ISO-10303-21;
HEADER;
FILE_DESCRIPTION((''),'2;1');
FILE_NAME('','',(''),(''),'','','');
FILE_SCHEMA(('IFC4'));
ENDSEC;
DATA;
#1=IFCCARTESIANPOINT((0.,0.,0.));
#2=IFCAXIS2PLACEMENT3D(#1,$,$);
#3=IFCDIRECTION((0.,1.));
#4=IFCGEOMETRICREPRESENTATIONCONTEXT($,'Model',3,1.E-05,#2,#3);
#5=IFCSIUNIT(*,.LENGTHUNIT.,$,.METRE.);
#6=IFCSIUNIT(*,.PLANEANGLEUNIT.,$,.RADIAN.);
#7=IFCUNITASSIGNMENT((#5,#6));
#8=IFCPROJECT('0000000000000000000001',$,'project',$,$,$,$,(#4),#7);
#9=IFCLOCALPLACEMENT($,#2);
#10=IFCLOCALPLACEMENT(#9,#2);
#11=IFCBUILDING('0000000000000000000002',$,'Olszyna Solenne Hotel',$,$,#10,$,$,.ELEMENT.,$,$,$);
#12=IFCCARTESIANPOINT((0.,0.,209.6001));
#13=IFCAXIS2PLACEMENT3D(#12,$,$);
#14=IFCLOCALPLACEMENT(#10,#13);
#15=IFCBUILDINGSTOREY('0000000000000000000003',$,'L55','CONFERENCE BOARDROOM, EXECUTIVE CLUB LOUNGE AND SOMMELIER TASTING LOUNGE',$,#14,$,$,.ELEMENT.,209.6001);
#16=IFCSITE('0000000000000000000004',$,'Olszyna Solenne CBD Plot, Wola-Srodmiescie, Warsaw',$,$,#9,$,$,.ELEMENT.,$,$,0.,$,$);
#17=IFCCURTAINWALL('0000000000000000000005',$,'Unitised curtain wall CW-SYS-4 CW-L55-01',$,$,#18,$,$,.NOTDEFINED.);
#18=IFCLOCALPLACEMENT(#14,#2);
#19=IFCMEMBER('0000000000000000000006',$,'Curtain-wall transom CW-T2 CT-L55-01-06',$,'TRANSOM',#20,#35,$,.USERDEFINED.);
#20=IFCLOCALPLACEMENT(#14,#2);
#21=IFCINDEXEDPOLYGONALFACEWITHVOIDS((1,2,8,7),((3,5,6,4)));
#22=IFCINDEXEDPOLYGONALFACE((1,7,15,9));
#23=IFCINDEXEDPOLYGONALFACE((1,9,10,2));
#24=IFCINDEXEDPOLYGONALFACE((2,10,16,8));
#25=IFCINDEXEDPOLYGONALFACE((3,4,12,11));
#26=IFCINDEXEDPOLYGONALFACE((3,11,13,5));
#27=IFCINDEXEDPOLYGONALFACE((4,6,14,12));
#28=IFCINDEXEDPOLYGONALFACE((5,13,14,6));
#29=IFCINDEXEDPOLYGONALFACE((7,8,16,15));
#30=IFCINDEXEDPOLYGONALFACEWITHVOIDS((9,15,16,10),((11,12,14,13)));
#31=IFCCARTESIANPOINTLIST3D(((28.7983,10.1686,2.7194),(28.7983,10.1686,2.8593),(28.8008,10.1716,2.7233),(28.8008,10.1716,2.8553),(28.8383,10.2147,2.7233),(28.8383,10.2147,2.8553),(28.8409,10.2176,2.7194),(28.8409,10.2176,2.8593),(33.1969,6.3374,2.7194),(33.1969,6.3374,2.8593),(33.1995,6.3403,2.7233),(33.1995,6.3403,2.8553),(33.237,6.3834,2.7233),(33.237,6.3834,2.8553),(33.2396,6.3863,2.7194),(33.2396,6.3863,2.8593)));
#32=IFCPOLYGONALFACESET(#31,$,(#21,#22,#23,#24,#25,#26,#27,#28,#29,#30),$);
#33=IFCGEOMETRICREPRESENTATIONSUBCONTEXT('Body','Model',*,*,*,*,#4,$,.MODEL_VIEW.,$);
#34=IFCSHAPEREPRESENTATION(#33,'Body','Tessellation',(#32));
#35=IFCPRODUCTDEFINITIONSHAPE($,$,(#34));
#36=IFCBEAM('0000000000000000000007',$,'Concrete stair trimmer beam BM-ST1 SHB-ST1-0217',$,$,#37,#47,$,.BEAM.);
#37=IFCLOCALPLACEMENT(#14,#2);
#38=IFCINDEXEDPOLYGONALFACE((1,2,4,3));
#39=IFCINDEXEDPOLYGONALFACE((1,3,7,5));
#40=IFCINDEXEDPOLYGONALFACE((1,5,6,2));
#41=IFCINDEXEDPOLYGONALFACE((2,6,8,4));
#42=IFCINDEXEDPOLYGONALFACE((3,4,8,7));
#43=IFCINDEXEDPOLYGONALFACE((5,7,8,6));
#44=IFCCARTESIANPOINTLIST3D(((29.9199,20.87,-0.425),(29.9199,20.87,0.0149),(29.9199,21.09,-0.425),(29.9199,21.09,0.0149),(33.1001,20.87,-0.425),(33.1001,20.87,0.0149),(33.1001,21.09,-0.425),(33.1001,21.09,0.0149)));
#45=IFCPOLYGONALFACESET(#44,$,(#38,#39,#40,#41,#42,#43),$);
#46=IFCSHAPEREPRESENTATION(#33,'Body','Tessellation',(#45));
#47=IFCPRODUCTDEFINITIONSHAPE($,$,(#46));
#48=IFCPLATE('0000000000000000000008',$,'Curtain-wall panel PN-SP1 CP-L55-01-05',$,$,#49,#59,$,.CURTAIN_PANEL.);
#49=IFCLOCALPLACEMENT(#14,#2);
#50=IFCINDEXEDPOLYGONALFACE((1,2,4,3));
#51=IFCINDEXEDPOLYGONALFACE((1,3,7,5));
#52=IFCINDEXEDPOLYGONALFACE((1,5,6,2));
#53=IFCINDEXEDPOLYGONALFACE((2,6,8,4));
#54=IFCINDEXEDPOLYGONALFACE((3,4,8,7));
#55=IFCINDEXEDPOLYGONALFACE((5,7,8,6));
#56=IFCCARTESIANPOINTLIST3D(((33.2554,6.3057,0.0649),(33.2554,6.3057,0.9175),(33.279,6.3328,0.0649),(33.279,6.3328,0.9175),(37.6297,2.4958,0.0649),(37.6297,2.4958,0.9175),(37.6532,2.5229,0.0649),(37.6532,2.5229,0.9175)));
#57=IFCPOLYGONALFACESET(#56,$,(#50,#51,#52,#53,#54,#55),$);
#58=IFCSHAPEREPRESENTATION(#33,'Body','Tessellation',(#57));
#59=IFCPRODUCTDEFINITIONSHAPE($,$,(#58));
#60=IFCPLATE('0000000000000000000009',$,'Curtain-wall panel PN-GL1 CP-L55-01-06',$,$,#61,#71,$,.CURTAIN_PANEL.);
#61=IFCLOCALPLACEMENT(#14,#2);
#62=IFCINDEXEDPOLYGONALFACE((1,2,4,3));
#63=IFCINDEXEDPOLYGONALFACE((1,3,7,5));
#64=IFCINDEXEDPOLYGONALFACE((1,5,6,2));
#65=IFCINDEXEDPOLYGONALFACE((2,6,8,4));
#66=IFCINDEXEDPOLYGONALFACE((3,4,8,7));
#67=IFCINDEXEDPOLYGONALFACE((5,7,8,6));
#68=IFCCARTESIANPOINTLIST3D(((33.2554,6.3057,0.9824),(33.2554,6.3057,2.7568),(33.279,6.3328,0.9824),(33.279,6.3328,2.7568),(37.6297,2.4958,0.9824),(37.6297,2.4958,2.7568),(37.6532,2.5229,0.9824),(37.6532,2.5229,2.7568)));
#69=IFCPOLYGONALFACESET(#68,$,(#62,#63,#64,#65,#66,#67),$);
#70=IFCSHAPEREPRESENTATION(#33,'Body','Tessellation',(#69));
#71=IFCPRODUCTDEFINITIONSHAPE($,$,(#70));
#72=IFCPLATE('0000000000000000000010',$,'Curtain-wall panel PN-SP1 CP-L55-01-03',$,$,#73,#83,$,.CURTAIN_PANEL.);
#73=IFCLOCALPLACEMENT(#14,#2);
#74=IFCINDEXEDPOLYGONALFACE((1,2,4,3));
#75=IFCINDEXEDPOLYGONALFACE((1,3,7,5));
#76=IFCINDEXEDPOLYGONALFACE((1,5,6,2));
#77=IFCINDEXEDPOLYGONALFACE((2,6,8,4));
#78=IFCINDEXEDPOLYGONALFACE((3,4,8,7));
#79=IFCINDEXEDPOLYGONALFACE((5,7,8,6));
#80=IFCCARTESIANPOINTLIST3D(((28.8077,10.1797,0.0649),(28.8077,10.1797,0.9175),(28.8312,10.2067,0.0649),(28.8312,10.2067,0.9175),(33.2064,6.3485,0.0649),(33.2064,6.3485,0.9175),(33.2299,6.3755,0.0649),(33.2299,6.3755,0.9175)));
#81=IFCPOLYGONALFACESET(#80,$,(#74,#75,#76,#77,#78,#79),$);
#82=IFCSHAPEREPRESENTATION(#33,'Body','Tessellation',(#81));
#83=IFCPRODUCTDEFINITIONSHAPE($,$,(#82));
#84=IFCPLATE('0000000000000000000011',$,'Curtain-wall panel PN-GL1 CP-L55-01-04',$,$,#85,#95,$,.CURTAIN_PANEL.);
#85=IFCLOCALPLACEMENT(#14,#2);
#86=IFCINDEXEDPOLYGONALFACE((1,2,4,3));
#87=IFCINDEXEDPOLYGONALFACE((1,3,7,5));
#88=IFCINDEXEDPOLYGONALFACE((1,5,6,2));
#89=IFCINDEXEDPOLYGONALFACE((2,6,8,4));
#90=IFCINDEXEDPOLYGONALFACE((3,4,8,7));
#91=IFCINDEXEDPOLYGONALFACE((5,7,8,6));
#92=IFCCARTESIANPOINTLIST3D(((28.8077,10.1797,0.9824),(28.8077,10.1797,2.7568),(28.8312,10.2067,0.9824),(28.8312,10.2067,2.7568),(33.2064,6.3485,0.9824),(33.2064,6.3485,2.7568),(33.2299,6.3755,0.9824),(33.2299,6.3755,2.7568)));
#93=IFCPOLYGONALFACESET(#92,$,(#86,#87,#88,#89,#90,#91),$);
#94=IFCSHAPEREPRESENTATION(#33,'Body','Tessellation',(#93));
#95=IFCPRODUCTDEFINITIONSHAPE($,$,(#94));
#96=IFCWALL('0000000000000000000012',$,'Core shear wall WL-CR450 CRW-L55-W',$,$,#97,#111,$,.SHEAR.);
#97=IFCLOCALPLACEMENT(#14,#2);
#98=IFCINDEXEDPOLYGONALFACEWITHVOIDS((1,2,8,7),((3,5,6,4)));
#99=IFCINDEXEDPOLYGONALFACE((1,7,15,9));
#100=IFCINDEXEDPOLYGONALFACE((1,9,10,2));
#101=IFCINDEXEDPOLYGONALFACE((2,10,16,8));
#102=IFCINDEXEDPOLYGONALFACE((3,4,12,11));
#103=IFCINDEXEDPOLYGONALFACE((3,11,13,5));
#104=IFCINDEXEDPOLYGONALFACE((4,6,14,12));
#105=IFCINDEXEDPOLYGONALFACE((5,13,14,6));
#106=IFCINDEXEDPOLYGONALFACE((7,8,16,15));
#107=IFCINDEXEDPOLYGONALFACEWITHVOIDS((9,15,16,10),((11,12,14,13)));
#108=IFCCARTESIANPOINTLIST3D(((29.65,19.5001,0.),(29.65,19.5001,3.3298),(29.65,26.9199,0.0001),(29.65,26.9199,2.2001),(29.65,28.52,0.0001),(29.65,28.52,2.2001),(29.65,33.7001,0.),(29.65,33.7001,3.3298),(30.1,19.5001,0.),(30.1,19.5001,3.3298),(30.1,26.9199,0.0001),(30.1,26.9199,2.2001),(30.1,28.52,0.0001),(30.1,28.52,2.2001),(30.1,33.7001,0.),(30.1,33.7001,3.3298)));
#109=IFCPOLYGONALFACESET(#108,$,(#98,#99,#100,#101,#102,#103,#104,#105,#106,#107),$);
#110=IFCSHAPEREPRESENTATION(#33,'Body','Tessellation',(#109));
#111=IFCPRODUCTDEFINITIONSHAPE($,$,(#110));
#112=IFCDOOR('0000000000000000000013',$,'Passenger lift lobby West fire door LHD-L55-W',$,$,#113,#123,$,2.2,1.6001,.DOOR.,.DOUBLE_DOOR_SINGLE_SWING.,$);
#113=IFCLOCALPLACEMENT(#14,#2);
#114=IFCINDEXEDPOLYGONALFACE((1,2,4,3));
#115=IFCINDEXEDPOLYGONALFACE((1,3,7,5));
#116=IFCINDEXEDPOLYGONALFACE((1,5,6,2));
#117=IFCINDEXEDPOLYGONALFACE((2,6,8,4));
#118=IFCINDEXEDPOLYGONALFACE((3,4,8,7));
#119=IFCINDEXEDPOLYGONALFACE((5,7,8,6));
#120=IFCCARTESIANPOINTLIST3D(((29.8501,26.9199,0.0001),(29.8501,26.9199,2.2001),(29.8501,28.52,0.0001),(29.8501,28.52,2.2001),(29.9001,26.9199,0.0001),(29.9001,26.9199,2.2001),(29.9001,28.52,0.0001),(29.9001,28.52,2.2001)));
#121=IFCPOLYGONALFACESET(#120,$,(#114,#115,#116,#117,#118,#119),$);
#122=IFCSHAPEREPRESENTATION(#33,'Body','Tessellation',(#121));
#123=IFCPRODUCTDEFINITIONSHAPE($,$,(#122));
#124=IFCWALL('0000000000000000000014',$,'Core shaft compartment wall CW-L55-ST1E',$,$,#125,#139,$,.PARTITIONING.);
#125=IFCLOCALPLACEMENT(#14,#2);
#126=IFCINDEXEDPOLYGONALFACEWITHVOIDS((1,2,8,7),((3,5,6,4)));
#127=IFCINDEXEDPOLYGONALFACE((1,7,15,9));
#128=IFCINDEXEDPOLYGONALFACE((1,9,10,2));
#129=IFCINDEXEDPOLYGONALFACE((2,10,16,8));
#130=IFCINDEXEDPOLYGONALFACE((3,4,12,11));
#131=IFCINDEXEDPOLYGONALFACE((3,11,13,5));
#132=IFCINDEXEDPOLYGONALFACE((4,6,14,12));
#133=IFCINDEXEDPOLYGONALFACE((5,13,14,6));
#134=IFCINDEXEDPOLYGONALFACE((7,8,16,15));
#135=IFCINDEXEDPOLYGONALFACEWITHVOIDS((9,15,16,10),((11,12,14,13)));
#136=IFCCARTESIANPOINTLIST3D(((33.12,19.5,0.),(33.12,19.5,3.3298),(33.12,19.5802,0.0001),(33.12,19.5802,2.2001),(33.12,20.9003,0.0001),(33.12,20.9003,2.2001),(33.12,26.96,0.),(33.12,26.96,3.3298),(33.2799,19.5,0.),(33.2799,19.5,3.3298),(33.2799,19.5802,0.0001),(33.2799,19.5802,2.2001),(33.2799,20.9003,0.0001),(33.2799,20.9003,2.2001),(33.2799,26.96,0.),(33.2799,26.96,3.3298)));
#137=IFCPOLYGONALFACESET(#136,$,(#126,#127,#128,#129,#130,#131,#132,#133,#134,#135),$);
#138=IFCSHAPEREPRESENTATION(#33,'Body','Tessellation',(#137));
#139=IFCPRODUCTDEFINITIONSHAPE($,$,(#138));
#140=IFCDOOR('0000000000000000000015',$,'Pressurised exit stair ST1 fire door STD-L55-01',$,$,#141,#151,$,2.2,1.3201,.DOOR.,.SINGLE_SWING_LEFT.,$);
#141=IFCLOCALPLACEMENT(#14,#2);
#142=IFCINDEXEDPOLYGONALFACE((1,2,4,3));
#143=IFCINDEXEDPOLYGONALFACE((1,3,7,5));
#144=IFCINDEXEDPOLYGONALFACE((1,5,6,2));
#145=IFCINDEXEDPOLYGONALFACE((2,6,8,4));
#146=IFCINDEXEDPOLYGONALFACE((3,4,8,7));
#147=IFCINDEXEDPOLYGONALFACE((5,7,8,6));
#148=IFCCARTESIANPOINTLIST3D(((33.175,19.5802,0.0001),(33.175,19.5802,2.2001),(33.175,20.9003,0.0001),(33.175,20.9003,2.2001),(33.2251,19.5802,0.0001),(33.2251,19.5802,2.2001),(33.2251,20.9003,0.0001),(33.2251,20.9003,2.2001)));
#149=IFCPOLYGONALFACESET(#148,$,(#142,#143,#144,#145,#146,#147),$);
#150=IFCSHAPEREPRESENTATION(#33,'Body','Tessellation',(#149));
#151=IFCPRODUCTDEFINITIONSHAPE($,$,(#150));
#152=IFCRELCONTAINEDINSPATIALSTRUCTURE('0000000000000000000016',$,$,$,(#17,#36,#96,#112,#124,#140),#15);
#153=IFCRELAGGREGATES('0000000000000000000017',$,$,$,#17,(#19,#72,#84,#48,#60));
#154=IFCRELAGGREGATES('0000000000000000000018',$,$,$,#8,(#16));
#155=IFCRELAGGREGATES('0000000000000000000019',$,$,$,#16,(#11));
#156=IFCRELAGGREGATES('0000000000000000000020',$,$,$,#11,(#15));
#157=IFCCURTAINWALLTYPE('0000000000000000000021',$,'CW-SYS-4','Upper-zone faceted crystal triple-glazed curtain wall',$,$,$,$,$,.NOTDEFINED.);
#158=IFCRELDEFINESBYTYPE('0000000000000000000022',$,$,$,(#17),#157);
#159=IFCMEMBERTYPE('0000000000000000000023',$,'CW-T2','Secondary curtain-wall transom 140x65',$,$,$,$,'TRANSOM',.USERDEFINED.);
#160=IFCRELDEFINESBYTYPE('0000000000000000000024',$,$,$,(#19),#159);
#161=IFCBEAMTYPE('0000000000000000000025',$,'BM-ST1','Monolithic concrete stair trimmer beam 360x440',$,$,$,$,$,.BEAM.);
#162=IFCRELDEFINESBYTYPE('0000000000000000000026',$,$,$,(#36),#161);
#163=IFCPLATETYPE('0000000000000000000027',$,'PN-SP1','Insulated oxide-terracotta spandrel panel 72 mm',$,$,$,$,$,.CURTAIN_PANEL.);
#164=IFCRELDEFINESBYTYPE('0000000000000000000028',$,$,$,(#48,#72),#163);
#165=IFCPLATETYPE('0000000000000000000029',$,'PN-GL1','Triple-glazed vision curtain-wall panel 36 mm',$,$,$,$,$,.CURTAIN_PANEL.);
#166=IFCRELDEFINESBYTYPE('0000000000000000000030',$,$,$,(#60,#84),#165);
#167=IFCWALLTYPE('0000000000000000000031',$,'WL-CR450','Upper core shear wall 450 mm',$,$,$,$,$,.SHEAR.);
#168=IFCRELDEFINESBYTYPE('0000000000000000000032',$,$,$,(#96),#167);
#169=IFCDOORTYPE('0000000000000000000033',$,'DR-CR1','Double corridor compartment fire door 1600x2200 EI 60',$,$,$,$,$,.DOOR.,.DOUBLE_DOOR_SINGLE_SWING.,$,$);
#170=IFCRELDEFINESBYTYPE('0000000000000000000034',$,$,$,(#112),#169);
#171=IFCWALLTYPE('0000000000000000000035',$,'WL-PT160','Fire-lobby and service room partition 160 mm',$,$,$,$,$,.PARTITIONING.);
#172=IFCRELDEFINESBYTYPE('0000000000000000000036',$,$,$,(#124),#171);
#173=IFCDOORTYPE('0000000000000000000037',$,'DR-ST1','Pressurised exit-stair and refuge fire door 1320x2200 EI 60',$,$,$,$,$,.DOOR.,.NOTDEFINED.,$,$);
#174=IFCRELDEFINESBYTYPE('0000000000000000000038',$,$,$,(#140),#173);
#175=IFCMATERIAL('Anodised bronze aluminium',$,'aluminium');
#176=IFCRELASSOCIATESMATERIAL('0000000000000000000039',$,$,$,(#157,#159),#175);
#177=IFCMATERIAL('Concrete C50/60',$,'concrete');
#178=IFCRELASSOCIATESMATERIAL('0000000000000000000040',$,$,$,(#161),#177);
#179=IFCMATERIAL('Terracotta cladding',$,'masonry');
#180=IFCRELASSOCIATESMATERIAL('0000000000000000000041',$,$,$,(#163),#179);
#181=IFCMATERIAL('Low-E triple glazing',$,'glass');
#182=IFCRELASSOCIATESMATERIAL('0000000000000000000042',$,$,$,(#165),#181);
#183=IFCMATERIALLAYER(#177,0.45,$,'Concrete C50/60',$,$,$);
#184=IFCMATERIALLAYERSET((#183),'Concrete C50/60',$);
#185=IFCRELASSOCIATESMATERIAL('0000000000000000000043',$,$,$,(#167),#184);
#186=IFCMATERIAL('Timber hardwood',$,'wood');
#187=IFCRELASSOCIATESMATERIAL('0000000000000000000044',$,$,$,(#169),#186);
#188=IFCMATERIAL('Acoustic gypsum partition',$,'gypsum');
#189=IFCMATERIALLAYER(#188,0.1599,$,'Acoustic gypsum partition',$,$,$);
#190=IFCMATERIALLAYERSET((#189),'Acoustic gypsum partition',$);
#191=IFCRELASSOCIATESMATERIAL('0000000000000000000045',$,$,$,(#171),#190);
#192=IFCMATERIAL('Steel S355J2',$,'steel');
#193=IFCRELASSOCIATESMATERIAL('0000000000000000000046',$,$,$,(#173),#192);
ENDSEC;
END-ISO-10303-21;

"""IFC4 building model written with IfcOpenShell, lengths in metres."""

from ifc_helpers import new_model, si_unit, direction, frame, frame_2d, origin, origin_2d, place, context, subcontext, project, spatial, rectangle, hollow_rectangle, extrude, source, transform, mapped, material, layer, layer_set, material_profile, profile_set, type_object, type_shapes, element, fill, aggregate, save


model = new_model("IFC4")

# Units and contexts
model_context = context("Model", 3, precision=1e-05, world=origin(), true_north=direction((0.0, 1.0)))
body_context = subcontext(model_context, "Body", "Model", "MODEL_VIEW")
ifc_project = project(units=[si_unit("LENGTHUNIT", "METRE"), si_unit("PLANEANGLEUNIT", "RADIAN")], contexts=[model_context])

# Site, building, storey
site_placement = place(None, origin())
site = spatial("IfcSite", under=ifc_project, at=site_placement, Name="Olszyna Solenne CBD Plot, Wola-Srodmiescie, Warsaw", CompositionType="ELEMENT", RefElevation=0.0)
building_placement = place(site_placement, origin())
building = spatial("IfcBuilding", under=site, at=building_placement, Name="Olszyna Solenne Hotel", CompositionType="ELEMENT")
storey_placement = place(building_placement, frame((0.0, 0.0, 209.6001)))
storey = spatial("IfcBuildingStorey", under=building, at=storey_placement, Name="L55", Description="CONFERENCE BOARDROOM, EXECUTIVE CLUB LOUNGE AND SOMMELIER TASTING LOUNGE", CompositionType="ELEMENT", Elevation=209.6001)

# Shared definitions
ifc_material_1 = material(Name="Steel S355J2", Category="steel")

# Curtain wall, member
ifc_material_2 = material(Name="Anodised bronze aluminium", Category="aluminium")
curtain_wall_type = type_object("IfcCurtainWallType", Name="CW-SYS-4", Description="Upper-zone faceted crystal triple-glazed curtain wall", PredefinedType="NOTDEFINED", material=ifc_material_2)
curtain_wall_placement = place(storey_placement, origin())
curtain_wall = element("IfcCurtainWall", 1, at=curtain_wall_placement, inside=storey, type_object=curtain_wall_type, Name="Unitised curtain wall CW-SYS-4 CW-L55-01", PredefinedType="NOTDEFINED")
ifc_material_profile_1 = material_profile(ifc_material_2, hollow_rectangle(XDim=0.0649, YDim=0.1399, WallThickness=0.0039, at=origin_2d()), Name="TRAN 140x65x4", Category="load-bearing")
ifc_profile_set_1 = profile_set([ifc_material_profile_1], Name="Anodised bronze aluminium")
member_type_1 = type_object("IfcMemberType", Name="CW-T2", Description="Secondary curtain-wall transom 140x65", ElementType="TRANSOM", PredefinedType="USERDEFINED", material=ifc_profile_set_1)
shared_shape_1 = source(origin(), body_context, "Body", "SweptSolid", [
    extrude(hollow_rectangle(XDim=0.0649, YDim=0.1399, WallThickness=0.0039, at=origin_2d()), origin(), (0.0, 0.0, 1.0), 5.8333),
])
member_1_placement = place(storey_placement, frame((28.8196, 10.1931, 2.7893), z_axis=(0.754066, -0.656799, 0.0), x_axis=(0.656799, 0.754066, 0.0)))
member_1 = element("IfcMember", 2, at=member_1_placement, type_object=member_type_1, Name="Curtain-wall transom CW-T2 CT-L55-01-06", ObjectType="TRANSOM", PredefinedType="USERDEFINED", context=body_context, shape_type="MappedRepresentation", body=[
    mapped(shared_shape_1, transform((0.0, 0.0, 0.0), x_axis=(1.0, 0.0, 0.0), y_axis=(0.0, 1.0, 0.0), z_axis=(0.0, 0.0, 1.0), scale=1.0)),
])

# Beam
ifc_material_3 = material(Name="Concrete C50/60", Category="concrete")
ifc_material_profile_2 = material_profile(ifc_material_3, rectangle(XDim=0.22, YDim=0.4399, at=origin_2d()), Name="RC 220x440", Category="load-bearing")
ifc_profile_set_2 = profile_set([ifc_material_profile_2], Name="Concrete C50/60")
beam_type_1 = type_object("IfcBeamType", Name="BM-ST1", Description="Monolithic concrete stair trimmer beam 360x440", PredefinedType="BEAM", material=ifc_profile_set_2)
shared_shape_2 = source(origin(), body_context, "Body", "SweptSolid", [
    extrude(rectangle(XDim=0.22, YDim=0.4399, at=origin_2d()), origin(), (0.0, 0.0, 1.0), 3.1802),
])
beam_1_placement = place(storey_placement, frame((33.1001, 20.98, -0.2051), z_axis=(-1.0, 0.0, 0.0), x_axis=(0.0, -1.0, 0.0)))
element("IfcBeam", 3, at=beam_1_placement, inside=storey, type_object=beam_type_1, Name="Concrete stair trimmer beam BM-ST1 SHB-ST1-0217", PredefinedType="BEAM", context=body_context, shape_type="MappedRepresentation", body=[
    mapped(shared_shape_2, transform((0.0, 0.0, 0.0), x_axis=(1.0, 0.0, 0.0), y_axis=(0.0, 1.0, 0.0), z_axis=(0.0, 0.0, 1.0), scale=1.0)),
])

# Plates
ifc_material_4 = material(Name="Terracotta cladding", Category="masonry")
plate_type_1 = type_object("IfcPlateType", Name="PN-SP1", Description="Insulated oxide-terracotta spandrel panel 72 mm", PredefinedType="CURTAIN_PANEL", material=ifc_material_4)
shared_shape_3 = source(origin(), body_context, "Body", "SweptSolid", [
    extrude(rectangle(XDim=5.8008, YDim=0.0359, at=origin_2d()), origin(), (0.0, 0.0, 1.0), 0.8525),
])
plate_1_placement = place(storey_placement, frame((35.4543, 4.4143, 0.0649), z_axis=(0.0, 0.0, 1.0), x_axis=(0.754075, -0.656788, 0.0)))
plate_1 = element("IfcPlate", 4, at=plate_1_placement, type_object=plate_type_1, Name="Curtain-wall panel PN-SP1 CP-L55-01-05", PredefinedType="CURTAIN_PANEL", context=body_context, shape_type="MappedRepresentation", body=[
    mapped(shared_shape_3, transform((0.0, 0.0, 0.0), x_axis=(1.0, 0.0, 0.0), y_axis=(0.0, 1.0, 0.0), z_axis=(0.0, 0.0, 1.0), scale=1.0)),
])
ifc_material_5 = material(Name="Low-E triple glazing", Category="glass")
plate_type_2 = type_object("IfcPlateType", Name="PN-GL1", Description="Triple-glazed vision curtain-wall panel 36 mm", PredefinedType="CURTAIN_PANEL", material=ifc_material_5)
shared_shape_4 = source(origin(), body_context, "Body", "SweptSolid", [
    extrude(rectangle(XDim=5.8008, YDim=0.0359, at=origin_2d()), origin(), (0.0, 0.0, 1.0), 1.7744),
])
plate_2_placement = place(storey_placement, frame((35.4543, 4.4143, 0.9824), z_axis=(0.0, 0.0, 1.0), x_axis=(0.754075, -0.656788, 0.0)))
plate_2 = element("IfcPlate", 5, at=plate_2_placement, type_object=plate_type_2, Name="Curtain-wall panel PN-GL1 CP-L55-01-06", PredefinedType="CURTAIN_PANEL", context=body_context, shape_type="MappedRepresentation", body=[
    mapped(shared_shape_4, transform((0.0, 0.0, 0.0), x_axis=(1.0, 0.0, 0.0), y_axis=(0.0, 1.0, 0.0), z_axis=(0.0, 0.0, 1.0), scale=1.0)),
])
shared_shape_5 = source(origin(), body_context, "Body", "SweptSolid", [
    extrude(rectangle(XDim=5.8333, YDim=0.0359, at=origin_2d()), origin(), (0.0, 0.0, 1.0), 0.8525),
])
plate_3_placement = place(storey_placement, frame((31.0188, 8.2776, 0.0649), z_axis=(0.0, 0.0, 1.0), x_axis=(0.754075, -0.656788, 0.0)))
plate_3 = element("IfcPlate", 6, at=plate_3_placement, type_object=plate_type_1, Name="Curtain-wall panel PN-SP1 CP-L55-01-03", PredefinedType="CURTAIN_PANEL", context=body_context, shape_type="MappedRepresentation", body=[
    mapped(shared_shape_5, transform((0.0, 0.0, 0.0), x_axis=(1.0, 0.0, 0.0), y_axis=(0.0, 1.0, 0.0), z_axis=(0.0, 0.0, 1.0), scale=1.0)),
])
shared_shape_6 = source(origin(), body_context, "Body", "SweptSolid", [
    extrude(rectangle(XDim=5.8333, YDim=0.0359, at=origin_2d()), origin(), (0.0, 0.0, 1.0), 1.7744),
])
plate_4_placement = place(storey_placement, frame((31.0188, 8.2776, 0.9824), z_axis=(0.0, 0.0, 1.0), x_axis=(0.754075, -0.656788, 0.0)))
plate_4 = element("IfcPlate", 7, at=plate_4_placement, type_object=plate_type_2, Name="Curtain-wall panel PN-GL1 CP-L55-01-04", PredefinedType="CURTAIN_PANEL", context=body_context, shape_type="MappedRepresentation", body=[
    mapped(shared_shape_6, transform((0.0, 0.0, 0.0), x_axis=(1.0, 0.0, 0.0), y_axis=(0.0, 1.0, 0.0), z_axis=(0.0, 0.0, 1.0), scale=1.0)),
])
aggregate(curtain_wall, [member_1, plate_3, plate_4, plate_1, plate_2])

# Walls, openings, doors
ifc_layer_1 = layer(ifc_material_3, 0.45, Name="Concrete C50/60")
ifc_layer_set_1 = layer_set([ifc_layer_1], Name="Concrete C50/60")
wall_type_1 = type_object("IfcWallType", Name="WL-CR450", Description="Upper core shear wall 450 mm", PredefinedType="SHEAR", material=ifc_layer_set_1)
wall_1_placement = place(storey_placement, frame((29.875, 19.5, 0.0), z_axis=(0.0, 0.0, 1.0), x_axis=(0.0, 1.0, 0.0)))
wall_1 = element("IfcWall", 8, at=wall_1_placement, inside=storey, type_object=wall_type_1, Name="Core shear wall WL-CR450 CRW-L55-W", PredefinedType="SHEAR", context=body_context, shape_type="SweptSolid", body=[
    extrude(rectangle(XDim=14.2, YDim=0.45, at=frame_2d((7.1001, 0.0))), origin(), (0.0, 0.0, 1.0), 3.3298),
])
opening_1_placement = place(wall_1_placement, frame((7.4199, 0.0, 0.0)))
opening_1 = element("IfcOpeningElement", 9, at=opening_1_placement, cuts=wall_1, PredefinedType="OPENING", context=body_context, shape_type="SweptSolid", body=[
    extrude(rectangle(XDim=1.6001, YDim=2.2, at=frame_2d((0.8, 1.1001))), frame((0.0, 0.2349, 0.0), z_axis=(0.0, -1.0, 0.0), x_axis=(1.0, 0.0, 0.0)), (0.0, 0.0, 1.0), 0.47),
])
ifc_material_6 = material(Name="Timber hardwood", Category="wood")
door_type_1 = type_object("IfcDoorType", Name="DR-CR1", Description="Double corridor compartment fire door 1600x2200 EI 60", OperationType="DOUBLE_DOOR_SINGLE_SWING", PredefinedType="DOOR", material=ifc_material_6)
shared_shape_7 = source(origin(), body_context, "Body", "SweptSolid", [
    extrude(rectangle(XDim=1.6001, YDim=2.2, at=frame_2d((0.8, 1.1001))), frame((0.0, 0.0249, 0.0), z_axis=(0.0, -1.0, 0.0), x_axis=(1.0, 0.0, 0.0)), (0.0, 0.0, 1.0), 0.05),
])
type_shapes(door_type_1, [shared_shape_7])
door_1_placement = place(opening_1_placement, origin())
door_1 = element("IfcDoor", 10, at=door_1_placement, inside=storey, type_object=door_type_1, Name="Passenger lift lobby West fire door LHD-L55-W", OperationType="DOUBLE_DOOR_SINGLE_SWING", OverallHeight=2.2, OverallWidth=1.6001, PredefinedType="DOOR", context=body_context, shape_type="MappedRepresentation", body=[
    mapped(shared_shape_7, transform((0.0, 0.0, 0.0), x_axis=(1.0, 0.0, 0.0), y_axis=(0.0, 1.0, 0.0), z_axis=(0.0, 0.0, 1.0), scale=1.0)),
])
fill(opening_1, door_1)
ifc_material_7 = material(Name="Acoustic gypsum partition", Category="gypsum")
ifc_layer_2 = layer(ifc_material_7, 0.1599, Name="Acoustic gypsum partition")
ifc_layer_set_2 = layer_set([ifc_layer_2], Name="Acoustic gypsum partition")
wall_type_2 = type_object("IfcWallType", Name="WL-PT160", Description="Fire-lobby and service room partition 160 mm", PredefinedType="PARTITIONING", material=ifc_layer_set_2)
wall_2_placement = place(storey_placement, frame((33.2, 19.5, 0.0), z_axis=(0.0, 0.0, 1.0), x_axis=(0.0, 1.0, 0.0)))
wall_2 = element("IfcWall", 11, at=wall_2_placement, inside=storey, type_object=wall_type_2, Name="Core shaft compartment wall CW-L55-ST1E", PredefinedType="PARTITIONING", context=body_context, shape_type="SweptSolid", body=[
    extrude(rectangle(XDim=7.46, YDim=0.1599, at=frame_2d((3.73, 0.0))), origin(), (0.0, 0.0, 1.0), 3.3298),
])
opening_2_placement = place(wall_2_placement, frame((0.0801, 0.0, 0.0)))
opening_2 = element("IfcOpeningElement", 12, at=opening_2_placement, cuts=wall_2, PredefinedType="OPENING", context=body_context, shape_type="SweptSolid", body=[
    extrude(rectangle(XDim=1.3201, YDim=2.2, at=frame_2d((0.6602, 1.1001))), frame((0.0, 0.0898, 0.0), z_axis=(0.0, -1.0, 0.0), x_axis=(1.0, 0.0, 0.0)), (0.0, 0.0, 1.0), 0.1799),
])
door_type_2 = type_object("IfcDoorType", Name="DR-ST1", Description="Pressurised exit-stair and refuge fire door 1320x2200 EI 60", OperationType="NOTDEFINED", PredefinedType="DOOR", material=ifc_material_1)
shared_shape_8 = source(origin(), body_context, "Body", "SweptSolid", [
    extrude(rectangle(XDim=1.3201, YDim=2.2, at=frame_2d((0.6602, 1.1001))), frame((0.0, 0.0249, 0.0), z_axis=(0.0, -1.0, 0.0), x_axis=(1.0, 0.0, 0.0)), (0.0, 0.0, 1.0), 0.05),
])
type_shapes(door_type_2, [shared_shape_8])
door_2_placement = place(opening_2_placement, origin())
door_2 = element("IfcDoor", 13, at=door_2_placement, inside=storey, type_object=door_type_2, Name="Pressurised exit stair ST1 fire door STD-L55-01", OperationType="SINGLE_SWING_LEFT", OverallHeight=2.2, OverallWidth=1.3201, PredefinedType="DOOR", context=body_context, shape_type="MappedRepresentation", body=[
    mapped(shared_shape_8, transform((0.0, 0.0, 0.0), x_axis=(1.0, 0.0, 0.0), y_axis=(0.0, 1.0, 0.0), z_axis=(0.0, 0.0, 1.0), scale=1.0)),
])
fill(opening_2, door_2)

save(model, "model.ifc")
